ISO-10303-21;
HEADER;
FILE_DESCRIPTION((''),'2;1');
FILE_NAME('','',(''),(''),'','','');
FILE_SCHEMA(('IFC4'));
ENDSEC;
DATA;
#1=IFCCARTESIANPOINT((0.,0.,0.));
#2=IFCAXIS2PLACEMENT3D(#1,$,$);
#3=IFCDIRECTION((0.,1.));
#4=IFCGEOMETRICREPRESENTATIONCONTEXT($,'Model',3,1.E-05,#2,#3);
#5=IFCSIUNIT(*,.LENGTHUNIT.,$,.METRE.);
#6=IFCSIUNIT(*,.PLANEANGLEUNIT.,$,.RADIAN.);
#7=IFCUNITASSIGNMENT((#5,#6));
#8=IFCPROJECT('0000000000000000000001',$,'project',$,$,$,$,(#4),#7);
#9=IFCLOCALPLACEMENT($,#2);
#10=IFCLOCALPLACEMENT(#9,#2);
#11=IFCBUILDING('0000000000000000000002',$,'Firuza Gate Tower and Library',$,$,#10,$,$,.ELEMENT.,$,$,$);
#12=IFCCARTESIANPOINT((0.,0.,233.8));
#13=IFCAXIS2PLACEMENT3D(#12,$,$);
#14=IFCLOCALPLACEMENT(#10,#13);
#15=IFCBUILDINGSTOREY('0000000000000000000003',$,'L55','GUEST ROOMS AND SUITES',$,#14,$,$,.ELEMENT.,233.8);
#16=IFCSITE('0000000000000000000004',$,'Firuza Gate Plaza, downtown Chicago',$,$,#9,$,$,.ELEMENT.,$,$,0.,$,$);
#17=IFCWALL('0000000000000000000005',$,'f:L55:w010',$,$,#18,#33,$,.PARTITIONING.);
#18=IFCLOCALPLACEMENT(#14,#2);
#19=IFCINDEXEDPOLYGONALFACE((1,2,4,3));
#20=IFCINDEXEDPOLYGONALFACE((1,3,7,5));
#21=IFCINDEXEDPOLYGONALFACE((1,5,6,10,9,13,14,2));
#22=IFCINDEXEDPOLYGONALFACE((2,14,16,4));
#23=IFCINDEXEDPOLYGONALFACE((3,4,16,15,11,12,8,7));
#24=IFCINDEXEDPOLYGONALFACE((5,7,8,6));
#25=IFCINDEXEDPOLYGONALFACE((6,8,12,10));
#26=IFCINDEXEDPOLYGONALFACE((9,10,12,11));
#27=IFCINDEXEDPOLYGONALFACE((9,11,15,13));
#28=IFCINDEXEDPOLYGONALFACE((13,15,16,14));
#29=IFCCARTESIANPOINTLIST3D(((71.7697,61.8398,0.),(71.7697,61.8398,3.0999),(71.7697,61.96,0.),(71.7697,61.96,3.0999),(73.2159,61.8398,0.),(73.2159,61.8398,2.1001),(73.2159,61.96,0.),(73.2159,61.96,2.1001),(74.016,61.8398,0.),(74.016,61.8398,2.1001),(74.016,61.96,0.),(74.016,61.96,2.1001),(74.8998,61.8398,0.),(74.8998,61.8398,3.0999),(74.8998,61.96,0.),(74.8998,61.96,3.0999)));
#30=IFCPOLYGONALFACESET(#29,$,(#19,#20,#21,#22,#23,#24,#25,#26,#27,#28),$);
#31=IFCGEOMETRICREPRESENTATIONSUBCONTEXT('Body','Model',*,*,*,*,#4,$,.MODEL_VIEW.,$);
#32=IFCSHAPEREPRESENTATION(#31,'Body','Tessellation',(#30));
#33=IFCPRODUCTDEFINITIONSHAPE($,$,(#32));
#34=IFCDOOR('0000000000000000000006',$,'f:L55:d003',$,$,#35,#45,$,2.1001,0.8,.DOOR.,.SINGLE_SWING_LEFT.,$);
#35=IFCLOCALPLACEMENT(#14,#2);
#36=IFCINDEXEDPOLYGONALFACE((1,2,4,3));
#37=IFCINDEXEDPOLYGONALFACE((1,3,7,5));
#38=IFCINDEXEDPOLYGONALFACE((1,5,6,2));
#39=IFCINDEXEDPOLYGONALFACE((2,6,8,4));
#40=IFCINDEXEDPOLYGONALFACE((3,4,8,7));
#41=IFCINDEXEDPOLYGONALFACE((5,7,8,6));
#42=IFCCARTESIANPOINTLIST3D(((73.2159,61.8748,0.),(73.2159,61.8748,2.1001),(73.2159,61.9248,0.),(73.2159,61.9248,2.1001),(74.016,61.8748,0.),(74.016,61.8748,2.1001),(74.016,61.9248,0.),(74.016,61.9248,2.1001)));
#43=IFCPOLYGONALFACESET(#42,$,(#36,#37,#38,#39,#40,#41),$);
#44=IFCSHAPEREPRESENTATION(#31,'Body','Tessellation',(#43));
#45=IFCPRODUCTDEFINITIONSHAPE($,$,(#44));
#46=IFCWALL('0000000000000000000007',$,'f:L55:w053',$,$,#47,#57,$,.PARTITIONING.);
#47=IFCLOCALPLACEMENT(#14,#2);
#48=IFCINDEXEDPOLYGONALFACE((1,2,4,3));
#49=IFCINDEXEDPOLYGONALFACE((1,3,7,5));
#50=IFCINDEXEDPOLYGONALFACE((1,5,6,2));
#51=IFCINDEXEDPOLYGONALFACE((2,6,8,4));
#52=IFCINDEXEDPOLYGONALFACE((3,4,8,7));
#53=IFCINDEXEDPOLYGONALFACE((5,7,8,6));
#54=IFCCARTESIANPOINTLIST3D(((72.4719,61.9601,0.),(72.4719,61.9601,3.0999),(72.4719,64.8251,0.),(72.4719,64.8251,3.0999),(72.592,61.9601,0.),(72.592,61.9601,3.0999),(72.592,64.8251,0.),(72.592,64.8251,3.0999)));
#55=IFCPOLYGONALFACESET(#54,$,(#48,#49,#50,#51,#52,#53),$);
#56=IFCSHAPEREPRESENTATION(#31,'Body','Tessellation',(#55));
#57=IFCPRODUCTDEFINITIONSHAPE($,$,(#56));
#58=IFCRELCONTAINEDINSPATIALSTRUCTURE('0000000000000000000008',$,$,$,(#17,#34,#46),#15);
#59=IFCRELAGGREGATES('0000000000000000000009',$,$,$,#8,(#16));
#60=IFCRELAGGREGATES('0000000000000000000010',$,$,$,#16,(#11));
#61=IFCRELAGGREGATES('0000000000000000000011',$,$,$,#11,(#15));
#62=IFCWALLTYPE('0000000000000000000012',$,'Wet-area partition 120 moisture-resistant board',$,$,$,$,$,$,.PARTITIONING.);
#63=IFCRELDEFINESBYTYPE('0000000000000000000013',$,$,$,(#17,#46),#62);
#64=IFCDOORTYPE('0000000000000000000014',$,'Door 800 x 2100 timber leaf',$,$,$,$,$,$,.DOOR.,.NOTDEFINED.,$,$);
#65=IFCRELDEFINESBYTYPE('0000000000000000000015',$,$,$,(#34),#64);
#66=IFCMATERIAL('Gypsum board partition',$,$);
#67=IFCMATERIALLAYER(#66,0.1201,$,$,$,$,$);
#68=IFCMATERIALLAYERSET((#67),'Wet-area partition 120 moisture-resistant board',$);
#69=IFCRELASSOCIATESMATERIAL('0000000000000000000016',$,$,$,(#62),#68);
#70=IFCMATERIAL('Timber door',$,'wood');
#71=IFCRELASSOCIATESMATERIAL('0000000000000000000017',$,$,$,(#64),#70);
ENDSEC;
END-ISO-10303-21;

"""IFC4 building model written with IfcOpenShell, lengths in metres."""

from ifc_helpers import new_model, si_unit, direction, frame, frame_2d, origin, place, context, subcontext, project, spatial, rectangle, extrude, material, layer, layer_set, type_object, element, fill, save


model = new_model("IFC4")

# Units and contexts
model_context = context("Model", 3, precision=1e-05, world=origin(), true_north=direction((0.0, 1.0)))
body_context = subcontext(model_context, "Body", "Model", "MODEL_VIEW")
ifc_project = project(units=[si_unit("LENGTHUNIT", "METRE"), si_unit("PLANEANGLEUNIT", "RADIAN")], contexts=[model_context])

# Site, building, storey
site_placement = place(None, origin())
site = spatial("IfcSite", under=ifc_project, at=site_placement, Name="Firuza Gate Plaza, downtown Chicago", CompositionType="ELEMENT", RefElevation=0.0)
building_placement = place(site_placement, origin())
building = spatial("IfcBuilding", under=site, at=building_placement, Name="Firuza Gate Tower and Library", CompositionType="ELEMENT")
storey_placement = place(building_placement, frame((0.0, 0.0, 233.8)))
storey = spatial("IfcBuildingStorey", under=building, at=storey_placement, Name="L55", Description="GUEST ROOMS AND SUITES", CompositionType="ELEMENT", Elevation=233.8)

# Wall, opening, door
ifc_material_1 = material(Name="Gypsum board partition")
ifc_layer_1 = layer(ifc_material_1, 0.1201)
ifc_layer_set_1 = layer_set([ifc_layer_1], Name="Wet-area partition 120 moisture-resistant board")
wall_type_1 = type_object("IfcWallType", Name="Wet-area partition 120 moisture-resistant board", PredefinedType="PARTITIONING", material=ifc_layer_set_1)
wall_1_placement = place(storey_placement, frame((71.7698, 61.8999, 0.0), z_axis=(0.0, 0.0, 1.0), x_axis=(1.0, 0.0, 0.0)))
wall_1 = element("IfcWall", 1, at=wall_1_placement, inside=storey, type_object=wall_type_1, Name="f:L55:w010", PredefinedType="PARTITIONING", context=body_context, shape_type="SweptSolid", body=[
    extrude(rectangle(XDim=3.1301, YDim=0.1201, at=frame_2d((1.5649, 0.0))), origin(), (0.0, 0.0, 1.0), 3.0999),
])
opening_1_placement = place(wall_1_placement, frame((1.4463, 0.0, 0.0)))
opening_1 = element("IfcOpeningElement", 2, at=opening_1_placement, cuts=wall_1, PredefinedType="OPENING", context=body_context, shape_type="SweptSolid", body=[
    extrude(rectangle(XDim=0.8, YDim=2.1001, at=frame_2d((0.3999, 1.05))), frame((0.0, 0.0701, 0.0), z_axis=(0.0, -1.0, 0.0), x_axis=(1.0, 0.0, 0.0)), (0.0, 0.0, 1.0), 0.1401),
])
ifc_material_2 = material(Name="Timber door", Category="wood")
door_type_1 = type_object("IfcDoorType", Name="Door 800 x 2100 timber leaf", OperationType="NOTDEFINED", PredefinedType="DOOR", material=ifc_material_2)
door_1_placement = place(opening_1_placement, origin())
door_1 = element("IfcDoor", 3, at=door_1_placement, inside=storey, type_object=door_type_1, Name="f:L55:d003", OperationType="SINGLE_SWING_LEFT", OverallHeight=2.1001, OverallWidth=0.8, PredefinedType="DOOR", context=body_context, shape_type="SweptSolid", body=[
    extrude(rectangle(XDim=0.8, YDim=2.1001, at=frame_2d((0.3999, 1.05))), frame((0.0, 0.0249, 0.0), z_axis=(0.0, -1.0, 0.0), x_axis=(1.0, 0.0, 0.0)), (0.0, 0.0, 1.0), 0.05),
])
fill(opening_1, door_1)

# Wall
wall_2_placement = place(storey_placement, frame((72.532, 61.96, 0.0), z_axis=(0.0, 0.0, 1.0), x_axis=(0.0, 1.0, 0.0)))
element("IfcWall", 4, at=wall_2_placement, inside=storey, type_object=wall_type_1, Name="f:L55:w053", PredefinedType="PARTITIONING", context=body_context, shape_type="SweptSolid", body=[
    extrude(rectangle(XDim=2.865, YDim=0.1201, at=frame_2d((1.4326, 0.0))), origin(), (0.0, 0.0, 1.0), 3.0999),
])

save(model, "model.ifc")
